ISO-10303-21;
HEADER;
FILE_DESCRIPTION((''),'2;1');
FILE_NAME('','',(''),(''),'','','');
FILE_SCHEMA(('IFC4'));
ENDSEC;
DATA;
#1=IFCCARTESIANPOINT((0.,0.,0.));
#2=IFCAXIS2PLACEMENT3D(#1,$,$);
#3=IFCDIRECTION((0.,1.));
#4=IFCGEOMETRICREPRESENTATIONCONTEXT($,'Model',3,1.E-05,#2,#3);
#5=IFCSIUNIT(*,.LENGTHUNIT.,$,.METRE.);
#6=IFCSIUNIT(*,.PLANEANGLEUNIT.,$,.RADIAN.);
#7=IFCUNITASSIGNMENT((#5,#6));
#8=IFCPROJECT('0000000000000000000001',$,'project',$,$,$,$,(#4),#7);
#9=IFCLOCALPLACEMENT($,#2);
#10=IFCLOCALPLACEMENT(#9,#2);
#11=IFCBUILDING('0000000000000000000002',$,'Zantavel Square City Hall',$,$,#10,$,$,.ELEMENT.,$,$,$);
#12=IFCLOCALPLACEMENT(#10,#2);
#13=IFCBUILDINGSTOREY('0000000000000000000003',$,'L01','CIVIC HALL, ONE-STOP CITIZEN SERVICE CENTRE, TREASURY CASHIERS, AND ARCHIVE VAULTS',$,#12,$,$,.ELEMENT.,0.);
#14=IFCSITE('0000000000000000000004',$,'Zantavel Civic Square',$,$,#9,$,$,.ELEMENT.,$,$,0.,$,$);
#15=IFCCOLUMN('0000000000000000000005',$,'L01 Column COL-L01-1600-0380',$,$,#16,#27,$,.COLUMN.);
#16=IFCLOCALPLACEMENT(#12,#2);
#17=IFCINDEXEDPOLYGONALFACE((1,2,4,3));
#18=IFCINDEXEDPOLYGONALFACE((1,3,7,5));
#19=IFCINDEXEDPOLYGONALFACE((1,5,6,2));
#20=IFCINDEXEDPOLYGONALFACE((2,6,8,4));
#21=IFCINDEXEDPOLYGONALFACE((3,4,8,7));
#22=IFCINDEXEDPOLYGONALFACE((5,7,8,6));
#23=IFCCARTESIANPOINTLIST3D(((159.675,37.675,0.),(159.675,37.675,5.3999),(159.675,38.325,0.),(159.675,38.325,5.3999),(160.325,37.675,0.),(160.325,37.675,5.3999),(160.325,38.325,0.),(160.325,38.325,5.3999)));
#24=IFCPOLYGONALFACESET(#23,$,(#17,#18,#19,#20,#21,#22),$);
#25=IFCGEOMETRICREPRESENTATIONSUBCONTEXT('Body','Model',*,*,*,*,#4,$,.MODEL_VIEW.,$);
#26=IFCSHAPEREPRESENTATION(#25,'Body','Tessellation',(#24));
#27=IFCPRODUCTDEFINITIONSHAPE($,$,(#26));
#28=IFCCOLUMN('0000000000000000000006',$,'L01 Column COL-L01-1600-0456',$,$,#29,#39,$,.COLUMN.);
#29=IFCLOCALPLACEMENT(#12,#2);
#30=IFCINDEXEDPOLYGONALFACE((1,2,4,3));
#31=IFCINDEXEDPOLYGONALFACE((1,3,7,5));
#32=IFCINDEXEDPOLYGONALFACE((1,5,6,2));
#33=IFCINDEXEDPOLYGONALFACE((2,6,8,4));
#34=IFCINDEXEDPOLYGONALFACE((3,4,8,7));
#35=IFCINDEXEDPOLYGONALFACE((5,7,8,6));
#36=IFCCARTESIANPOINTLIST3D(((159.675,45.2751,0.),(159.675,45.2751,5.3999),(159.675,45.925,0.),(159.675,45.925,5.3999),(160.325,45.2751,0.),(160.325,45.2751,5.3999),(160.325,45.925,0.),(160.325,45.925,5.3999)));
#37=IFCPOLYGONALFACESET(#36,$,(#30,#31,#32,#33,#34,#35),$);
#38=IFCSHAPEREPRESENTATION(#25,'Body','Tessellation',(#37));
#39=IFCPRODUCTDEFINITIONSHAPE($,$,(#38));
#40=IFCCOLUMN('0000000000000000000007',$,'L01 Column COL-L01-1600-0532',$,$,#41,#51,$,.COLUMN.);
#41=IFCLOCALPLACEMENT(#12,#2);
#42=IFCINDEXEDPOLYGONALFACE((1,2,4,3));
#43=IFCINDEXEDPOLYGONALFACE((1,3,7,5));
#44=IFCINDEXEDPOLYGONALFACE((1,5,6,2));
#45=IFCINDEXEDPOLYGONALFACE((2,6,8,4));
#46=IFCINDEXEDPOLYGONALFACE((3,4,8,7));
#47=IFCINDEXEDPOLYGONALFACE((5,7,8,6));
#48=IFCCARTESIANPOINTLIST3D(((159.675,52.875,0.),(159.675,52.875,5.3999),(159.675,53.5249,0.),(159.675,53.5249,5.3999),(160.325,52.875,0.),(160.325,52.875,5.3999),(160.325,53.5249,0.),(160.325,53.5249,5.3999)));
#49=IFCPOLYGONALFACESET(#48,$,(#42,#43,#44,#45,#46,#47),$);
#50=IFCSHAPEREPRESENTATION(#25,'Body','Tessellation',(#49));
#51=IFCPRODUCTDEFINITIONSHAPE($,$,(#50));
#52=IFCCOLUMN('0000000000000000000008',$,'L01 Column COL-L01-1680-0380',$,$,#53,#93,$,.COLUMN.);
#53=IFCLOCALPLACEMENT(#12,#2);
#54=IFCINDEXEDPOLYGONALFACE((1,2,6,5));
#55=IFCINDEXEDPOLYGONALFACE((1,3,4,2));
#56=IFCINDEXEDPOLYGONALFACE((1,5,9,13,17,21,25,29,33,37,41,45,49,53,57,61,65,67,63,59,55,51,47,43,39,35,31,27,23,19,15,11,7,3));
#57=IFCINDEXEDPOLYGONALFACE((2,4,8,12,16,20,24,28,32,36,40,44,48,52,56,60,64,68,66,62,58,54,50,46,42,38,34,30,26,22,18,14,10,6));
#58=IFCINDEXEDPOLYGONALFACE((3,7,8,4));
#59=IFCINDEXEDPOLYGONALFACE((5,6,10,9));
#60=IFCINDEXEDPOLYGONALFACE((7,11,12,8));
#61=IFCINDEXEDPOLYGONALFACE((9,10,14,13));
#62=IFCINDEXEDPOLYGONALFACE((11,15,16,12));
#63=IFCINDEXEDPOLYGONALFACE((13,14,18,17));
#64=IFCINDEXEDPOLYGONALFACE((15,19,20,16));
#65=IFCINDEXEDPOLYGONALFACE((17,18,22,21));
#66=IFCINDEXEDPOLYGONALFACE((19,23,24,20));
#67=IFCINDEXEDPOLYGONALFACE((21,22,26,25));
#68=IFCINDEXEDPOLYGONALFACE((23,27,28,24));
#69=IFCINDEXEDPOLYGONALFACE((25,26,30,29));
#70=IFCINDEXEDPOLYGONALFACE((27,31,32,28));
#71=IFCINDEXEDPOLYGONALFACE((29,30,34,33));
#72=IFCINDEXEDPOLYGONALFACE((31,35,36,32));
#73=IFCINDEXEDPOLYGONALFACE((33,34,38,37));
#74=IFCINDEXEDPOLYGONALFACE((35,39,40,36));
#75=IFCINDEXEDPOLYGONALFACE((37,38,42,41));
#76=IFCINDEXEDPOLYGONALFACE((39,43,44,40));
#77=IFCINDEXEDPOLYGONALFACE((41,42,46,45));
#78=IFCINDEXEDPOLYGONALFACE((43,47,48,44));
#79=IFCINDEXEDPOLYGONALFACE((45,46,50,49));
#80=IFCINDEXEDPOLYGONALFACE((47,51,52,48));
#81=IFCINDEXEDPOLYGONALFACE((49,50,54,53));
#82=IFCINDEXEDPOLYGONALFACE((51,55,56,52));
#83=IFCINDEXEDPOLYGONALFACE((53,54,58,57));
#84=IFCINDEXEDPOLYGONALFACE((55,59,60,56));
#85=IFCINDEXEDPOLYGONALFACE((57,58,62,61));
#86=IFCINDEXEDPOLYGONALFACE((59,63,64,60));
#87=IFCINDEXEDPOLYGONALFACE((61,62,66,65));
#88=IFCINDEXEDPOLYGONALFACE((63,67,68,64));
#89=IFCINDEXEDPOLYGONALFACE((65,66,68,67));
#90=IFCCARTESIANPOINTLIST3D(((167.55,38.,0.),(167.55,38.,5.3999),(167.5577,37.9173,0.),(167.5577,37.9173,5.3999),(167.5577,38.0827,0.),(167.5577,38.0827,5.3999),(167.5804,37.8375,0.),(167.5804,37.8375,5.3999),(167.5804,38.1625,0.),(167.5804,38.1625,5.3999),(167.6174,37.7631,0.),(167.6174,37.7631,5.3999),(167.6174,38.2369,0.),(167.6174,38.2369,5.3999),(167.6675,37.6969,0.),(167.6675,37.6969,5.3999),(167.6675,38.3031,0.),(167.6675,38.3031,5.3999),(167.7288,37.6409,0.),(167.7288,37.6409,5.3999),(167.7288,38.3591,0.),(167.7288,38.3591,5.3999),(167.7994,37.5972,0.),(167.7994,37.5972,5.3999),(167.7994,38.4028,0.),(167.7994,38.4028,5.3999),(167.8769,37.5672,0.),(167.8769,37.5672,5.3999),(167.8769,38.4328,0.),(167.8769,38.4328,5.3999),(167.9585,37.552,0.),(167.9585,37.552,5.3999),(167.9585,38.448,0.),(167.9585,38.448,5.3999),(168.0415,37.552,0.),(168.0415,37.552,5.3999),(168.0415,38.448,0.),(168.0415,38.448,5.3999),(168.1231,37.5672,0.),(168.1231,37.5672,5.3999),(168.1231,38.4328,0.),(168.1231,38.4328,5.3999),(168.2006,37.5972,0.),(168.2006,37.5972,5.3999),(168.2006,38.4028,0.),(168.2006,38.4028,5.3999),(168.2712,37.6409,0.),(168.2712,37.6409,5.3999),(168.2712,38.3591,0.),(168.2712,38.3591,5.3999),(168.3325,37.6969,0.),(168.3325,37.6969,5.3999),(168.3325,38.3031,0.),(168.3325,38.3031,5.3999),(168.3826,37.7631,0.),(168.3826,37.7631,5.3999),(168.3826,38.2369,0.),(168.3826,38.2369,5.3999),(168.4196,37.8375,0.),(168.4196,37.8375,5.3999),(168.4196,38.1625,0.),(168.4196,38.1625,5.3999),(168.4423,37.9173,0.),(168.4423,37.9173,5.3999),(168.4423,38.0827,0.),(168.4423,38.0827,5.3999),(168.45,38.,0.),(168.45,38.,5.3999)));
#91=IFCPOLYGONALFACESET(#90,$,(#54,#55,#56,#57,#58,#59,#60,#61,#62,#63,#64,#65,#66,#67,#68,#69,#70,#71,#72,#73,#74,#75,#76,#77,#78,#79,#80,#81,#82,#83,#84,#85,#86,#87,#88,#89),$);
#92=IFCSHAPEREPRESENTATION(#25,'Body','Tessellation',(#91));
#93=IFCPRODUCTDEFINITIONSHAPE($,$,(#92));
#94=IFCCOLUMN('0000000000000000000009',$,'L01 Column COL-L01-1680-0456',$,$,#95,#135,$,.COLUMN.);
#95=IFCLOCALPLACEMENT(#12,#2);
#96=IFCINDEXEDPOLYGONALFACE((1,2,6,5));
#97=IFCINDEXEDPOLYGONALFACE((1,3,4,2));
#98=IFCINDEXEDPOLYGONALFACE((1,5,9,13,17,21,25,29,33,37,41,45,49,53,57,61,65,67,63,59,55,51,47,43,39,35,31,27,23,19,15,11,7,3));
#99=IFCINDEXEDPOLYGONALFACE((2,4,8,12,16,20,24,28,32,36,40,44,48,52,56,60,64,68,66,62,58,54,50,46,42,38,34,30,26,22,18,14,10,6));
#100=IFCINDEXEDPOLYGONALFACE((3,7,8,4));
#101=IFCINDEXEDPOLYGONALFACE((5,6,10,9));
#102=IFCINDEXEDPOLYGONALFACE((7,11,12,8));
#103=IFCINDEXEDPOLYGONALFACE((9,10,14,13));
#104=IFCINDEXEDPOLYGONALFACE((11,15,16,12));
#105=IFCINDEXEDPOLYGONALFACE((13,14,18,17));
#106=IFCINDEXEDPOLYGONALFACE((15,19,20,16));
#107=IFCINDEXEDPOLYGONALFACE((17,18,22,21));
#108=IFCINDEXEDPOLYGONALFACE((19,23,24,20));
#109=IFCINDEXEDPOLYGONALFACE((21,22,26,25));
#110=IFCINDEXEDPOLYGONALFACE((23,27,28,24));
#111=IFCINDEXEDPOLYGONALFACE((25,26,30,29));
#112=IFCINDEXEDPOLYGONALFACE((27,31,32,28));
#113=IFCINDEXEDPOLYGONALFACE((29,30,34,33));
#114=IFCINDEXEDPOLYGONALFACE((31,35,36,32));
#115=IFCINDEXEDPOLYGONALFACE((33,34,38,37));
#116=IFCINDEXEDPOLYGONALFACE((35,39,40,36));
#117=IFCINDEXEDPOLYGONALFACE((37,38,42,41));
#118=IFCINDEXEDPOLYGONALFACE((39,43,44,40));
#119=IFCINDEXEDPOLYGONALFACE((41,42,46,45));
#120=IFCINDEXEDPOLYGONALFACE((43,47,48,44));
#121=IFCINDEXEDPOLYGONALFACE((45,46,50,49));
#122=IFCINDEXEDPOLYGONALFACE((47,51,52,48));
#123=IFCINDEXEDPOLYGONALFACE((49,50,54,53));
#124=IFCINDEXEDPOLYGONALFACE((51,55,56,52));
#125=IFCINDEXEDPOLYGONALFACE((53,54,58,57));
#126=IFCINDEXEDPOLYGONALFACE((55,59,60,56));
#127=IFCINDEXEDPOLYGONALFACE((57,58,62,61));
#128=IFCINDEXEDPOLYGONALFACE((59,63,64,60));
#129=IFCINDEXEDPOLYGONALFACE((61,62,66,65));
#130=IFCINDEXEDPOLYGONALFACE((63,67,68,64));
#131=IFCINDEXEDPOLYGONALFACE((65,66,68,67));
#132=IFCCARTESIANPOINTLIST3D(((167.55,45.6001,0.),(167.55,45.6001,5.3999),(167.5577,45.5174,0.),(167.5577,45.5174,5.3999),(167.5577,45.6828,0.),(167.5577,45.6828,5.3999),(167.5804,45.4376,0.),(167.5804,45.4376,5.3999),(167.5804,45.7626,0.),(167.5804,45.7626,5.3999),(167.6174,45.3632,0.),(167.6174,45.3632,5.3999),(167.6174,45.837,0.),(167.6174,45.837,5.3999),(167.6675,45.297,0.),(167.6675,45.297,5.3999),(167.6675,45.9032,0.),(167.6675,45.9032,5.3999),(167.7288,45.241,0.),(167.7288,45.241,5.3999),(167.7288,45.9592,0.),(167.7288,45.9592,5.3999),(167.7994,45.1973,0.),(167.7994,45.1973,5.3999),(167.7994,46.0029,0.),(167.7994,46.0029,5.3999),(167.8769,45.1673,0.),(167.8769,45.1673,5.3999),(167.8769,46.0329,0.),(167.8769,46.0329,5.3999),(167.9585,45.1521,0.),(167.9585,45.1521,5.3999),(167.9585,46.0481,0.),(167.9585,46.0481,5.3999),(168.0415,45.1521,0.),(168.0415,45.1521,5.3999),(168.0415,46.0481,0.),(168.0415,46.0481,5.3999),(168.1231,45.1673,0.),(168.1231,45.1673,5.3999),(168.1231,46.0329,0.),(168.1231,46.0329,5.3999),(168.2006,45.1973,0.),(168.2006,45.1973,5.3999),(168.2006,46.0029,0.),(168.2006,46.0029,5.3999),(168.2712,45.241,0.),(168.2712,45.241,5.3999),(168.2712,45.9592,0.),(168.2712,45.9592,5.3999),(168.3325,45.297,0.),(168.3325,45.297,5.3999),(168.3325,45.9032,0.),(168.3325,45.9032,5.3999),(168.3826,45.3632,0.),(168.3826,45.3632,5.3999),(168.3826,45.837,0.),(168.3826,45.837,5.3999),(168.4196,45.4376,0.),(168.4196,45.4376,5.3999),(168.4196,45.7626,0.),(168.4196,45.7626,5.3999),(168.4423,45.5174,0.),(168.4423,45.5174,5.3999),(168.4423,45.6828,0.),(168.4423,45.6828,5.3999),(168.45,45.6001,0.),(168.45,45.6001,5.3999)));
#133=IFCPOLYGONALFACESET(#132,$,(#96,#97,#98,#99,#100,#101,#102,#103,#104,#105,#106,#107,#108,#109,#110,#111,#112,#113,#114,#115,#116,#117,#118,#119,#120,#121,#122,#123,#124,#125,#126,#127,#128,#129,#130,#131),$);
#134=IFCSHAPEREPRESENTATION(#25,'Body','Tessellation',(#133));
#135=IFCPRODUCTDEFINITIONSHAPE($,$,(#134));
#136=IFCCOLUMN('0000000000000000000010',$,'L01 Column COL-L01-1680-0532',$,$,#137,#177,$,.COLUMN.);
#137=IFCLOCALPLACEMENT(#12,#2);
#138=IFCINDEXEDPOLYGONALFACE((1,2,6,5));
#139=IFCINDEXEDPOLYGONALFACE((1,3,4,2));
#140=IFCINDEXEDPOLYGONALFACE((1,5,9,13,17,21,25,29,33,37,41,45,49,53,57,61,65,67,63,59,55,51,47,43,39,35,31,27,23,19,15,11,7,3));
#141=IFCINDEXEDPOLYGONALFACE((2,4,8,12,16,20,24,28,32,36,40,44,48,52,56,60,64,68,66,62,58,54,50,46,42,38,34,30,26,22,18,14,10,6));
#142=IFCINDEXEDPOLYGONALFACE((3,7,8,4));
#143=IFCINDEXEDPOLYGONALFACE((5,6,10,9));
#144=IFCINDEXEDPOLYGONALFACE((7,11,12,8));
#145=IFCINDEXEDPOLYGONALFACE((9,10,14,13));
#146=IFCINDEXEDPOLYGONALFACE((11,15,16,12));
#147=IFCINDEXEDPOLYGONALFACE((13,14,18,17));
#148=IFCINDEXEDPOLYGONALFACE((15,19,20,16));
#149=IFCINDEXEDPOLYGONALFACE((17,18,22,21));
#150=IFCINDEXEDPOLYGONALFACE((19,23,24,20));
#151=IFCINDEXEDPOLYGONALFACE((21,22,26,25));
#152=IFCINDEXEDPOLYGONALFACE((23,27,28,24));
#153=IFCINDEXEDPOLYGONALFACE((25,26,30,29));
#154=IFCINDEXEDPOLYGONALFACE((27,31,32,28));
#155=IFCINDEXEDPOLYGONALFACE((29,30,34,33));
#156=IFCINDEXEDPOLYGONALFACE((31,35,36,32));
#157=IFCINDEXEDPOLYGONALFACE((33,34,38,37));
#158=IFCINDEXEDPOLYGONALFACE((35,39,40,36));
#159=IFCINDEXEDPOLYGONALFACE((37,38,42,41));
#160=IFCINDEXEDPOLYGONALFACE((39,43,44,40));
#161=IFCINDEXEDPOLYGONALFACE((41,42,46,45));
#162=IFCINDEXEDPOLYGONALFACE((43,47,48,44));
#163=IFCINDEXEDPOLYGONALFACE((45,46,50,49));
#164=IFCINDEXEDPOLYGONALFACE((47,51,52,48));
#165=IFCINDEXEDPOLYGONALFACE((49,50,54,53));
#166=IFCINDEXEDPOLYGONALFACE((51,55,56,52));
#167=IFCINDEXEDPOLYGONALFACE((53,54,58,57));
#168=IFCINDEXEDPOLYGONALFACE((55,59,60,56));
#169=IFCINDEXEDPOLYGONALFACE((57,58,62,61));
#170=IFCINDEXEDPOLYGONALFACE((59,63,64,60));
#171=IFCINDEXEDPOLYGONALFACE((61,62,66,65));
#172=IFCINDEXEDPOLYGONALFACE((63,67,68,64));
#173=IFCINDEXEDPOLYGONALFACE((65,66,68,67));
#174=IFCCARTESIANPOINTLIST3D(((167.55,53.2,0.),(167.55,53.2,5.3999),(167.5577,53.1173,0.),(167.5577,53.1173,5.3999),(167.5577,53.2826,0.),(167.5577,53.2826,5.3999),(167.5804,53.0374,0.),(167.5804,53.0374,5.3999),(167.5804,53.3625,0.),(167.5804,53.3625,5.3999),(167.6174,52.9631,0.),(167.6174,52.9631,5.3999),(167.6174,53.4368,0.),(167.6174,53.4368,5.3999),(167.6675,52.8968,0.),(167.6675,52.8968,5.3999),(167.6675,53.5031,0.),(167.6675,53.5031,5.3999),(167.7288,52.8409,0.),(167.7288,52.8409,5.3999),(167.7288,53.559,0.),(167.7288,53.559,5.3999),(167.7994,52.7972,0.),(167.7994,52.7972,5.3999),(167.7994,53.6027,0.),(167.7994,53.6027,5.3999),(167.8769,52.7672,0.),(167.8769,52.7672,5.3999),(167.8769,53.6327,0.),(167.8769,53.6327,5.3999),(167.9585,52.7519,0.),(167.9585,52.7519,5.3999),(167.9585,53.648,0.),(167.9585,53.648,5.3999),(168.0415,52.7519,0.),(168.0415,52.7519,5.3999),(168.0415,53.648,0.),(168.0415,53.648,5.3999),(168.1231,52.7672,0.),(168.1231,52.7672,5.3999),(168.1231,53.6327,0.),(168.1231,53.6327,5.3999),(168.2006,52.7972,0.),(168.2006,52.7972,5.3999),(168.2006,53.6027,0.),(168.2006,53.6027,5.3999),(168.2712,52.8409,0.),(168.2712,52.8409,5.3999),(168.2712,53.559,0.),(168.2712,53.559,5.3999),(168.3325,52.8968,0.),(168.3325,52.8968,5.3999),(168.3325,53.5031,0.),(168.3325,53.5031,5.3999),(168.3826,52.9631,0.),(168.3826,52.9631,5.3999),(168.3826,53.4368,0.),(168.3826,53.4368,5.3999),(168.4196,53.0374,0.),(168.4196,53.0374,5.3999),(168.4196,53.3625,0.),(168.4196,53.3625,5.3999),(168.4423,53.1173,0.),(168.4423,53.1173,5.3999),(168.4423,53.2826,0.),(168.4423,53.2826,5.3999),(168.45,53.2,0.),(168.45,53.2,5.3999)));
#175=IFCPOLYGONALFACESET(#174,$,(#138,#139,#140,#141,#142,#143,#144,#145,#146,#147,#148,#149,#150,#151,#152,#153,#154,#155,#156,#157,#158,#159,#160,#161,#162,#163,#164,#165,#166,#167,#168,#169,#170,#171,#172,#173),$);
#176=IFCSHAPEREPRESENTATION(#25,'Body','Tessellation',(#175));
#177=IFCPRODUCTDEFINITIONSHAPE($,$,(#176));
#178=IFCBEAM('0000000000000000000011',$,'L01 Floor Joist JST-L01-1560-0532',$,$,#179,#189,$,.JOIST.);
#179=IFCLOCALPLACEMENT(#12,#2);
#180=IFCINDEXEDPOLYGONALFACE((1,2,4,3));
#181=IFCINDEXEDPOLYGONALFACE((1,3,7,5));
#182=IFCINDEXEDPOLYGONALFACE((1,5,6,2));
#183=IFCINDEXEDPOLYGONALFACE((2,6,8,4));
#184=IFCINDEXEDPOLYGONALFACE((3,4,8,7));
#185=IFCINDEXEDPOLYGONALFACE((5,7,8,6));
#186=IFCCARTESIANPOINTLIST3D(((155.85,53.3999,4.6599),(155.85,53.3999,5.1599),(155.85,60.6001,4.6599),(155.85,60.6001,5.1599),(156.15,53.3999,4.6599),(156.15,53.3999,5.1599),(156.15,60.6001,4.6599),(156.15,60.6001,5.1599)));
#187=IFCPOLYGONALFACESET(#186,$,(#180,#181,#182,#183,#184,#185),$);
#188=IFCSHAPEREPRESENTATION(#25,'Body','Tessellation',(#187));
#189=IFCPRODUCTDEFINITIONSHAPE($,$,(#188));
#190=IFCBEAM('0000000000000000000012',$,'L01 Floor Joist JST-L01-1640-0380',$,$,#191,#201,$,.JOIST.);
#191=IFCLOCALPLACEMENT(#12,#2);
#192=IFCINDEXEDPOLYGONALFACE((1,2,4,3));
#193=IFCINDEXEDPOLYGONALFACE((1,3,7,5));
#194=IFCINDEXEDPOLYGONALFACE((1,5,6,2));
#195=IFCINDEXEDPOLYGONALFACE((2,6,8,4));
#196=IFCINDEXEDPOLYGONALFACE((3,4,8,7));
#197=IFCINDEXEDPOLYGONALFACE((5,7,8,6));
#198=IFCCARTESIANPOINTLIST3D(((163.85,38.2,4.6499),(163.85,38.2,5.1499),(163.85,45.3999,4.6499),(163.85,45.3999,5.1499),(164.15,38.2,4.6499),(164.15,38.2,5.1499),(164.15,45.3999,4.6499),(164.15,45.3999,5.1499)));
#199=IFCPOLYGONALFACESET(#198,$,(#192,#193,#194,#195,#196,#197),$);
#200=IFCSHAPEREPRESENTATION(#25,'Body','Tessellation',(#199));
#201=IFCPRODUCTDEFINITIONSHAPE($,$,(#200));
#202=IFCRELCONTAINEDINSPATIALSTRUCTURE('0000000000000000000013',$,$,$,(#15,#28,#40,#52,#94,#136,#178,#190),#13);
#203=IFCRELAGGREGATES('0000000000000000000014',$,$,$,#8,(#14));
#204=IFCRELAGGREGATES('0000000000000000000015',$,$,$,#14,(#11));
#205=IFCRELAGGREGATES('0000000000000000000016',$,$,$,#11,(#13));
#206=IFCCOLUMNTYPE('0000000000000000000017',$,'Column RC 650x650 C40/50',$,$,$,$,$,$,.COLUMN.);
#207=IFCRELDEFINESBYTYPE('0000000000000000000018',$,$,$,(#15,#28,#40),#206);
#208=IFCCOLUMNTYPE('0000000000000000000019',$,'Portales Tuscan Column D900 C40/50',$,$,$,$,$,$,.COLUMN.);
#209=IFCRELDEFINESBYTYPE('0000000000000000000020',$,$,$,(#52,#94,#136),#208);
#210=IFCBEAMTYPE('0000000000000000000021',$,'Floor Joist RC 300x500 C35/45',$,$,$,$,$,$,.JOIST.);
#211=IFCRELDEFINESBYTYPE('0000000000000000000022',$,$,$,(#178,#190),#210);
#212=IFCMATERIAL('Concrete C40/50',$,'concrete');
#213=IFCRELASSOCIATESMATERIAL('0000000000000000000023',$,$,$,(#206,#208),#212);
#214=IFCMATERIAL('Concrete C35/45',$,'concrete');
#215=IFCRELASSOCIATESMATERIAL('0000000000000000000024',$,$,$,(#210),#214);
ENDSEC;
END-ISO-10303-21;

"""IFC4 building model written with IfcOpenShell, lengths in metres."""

from ifc_helpers import new_model, si_unit, direction, frame, origin, origin_2d, place, context, subcontext, project, spatial, rectangle, circle, extrude, material, material_profile, profile_set, type_object, element, save


model = new_model("IFC4")

# Units and contexts
model_context = context("Model", 3, precision=1e-05, world=origin(), true_north=direction((0.0, 1.0)))
body_context = subcontext(model_context, "Body", "Model", "MODEL_VIEW")
ifc_project = project(units=[si_unit("LENGTHUNIT", "METRE"), si_unit("PLANEANGLEUNIT", "RADIAN")], contexts=[model_context])

# Site, building, storey
site_placement = place(None, origin())
site = spatial("IfcSite", under=ifc_project, at=site_placement, Name="Zantavel Civic Square", CompositionType="ELEMENT", RefElevation=0.0)
building_placement = place(site_placement, origin())
building = spatial("IfcBuilding", under=site, at=building_placement, Name="Zantavel Square City Hall", CompositionType="ELEMENT")
storey_placement = place(building_placement, origin())
storey = spatial("IfcBuildingStorey", under=building, at=storey_placement, Name="L01", Description="CIVIC HALL, ONE-STOP CITIZEN SERVICE CENTRE, TREASURY CASHIERS, AND ARCHIVE VAULTS", CompositionType="ELEMENT", Elevation=0.0)

# Columns
ifc_material_1 = material(Name="Concrete C40/50", Category="concrete")
ifc_material_profile_1 = material_profile(ifc_material_1, rectangle(XDim=0.6499, YDim=0.6499, at=origin_2d()), Name="RC 650x650")
ifc_profile_set_1 = profile_set([ifc_material_profile_1], Name="Concrete C40/50")
column_type_1 = type_object("IfcColumnType", Name="Column RC 650x650 C40/50", PredefinedType="COLUMN", material=ifc_profile_set_1)
for number, where, z_axis, x_axis, name in (
    (1, (160.0, 38.0, 0.0), (0.0, 0.0, 1.0), (1.0, 0.0, 0.0), "L01 Column COL-L01-1600-0380"),
    (2, (160.0, 45.6001, 0.0), (0.0, 0.0, 1.0), (1.0, 0.0, 0.0), "L01 Column COL-L01-1600-0456"),
    (3, (160.0, 53.2, 0.0), (0.0, 0.0, 1.0), (1.0, 0.0, 0.0), "L01 Column COL-L01-1600-0532"),
):
    element("IfcColumn", number, at=place(storey_placement, frame(where, z_axis=z_axis, x_axis=x_axis)), inside=storey, type_object=column_type_1, Name=name, PredefinedType="COLUMN", context=body_context, shape_type="SweptSolid", body=[
        extrude(rectangle(XDim=0.6499, YDim=0.6499, at=origin_2d()), origin(), (0.0, 0.0, 1.0), 5.3999),
    ])
ifc_material_profile_2 = material_profile(ifc_material_1, circle(Radius=0.45, at=origin_2d()), Name="ROUND D900")
ifc_profile_set_2 = profile_set([ifc_material_profile_2], Name="Concrete C40/50")
column_type_2 = type_object("IfcColumnType", Name="Portales Tuscan Column D900 C40/50", PredefinedType="COLUMN", material=ifc_profile_set_2)
for number, where, z_axis, x_axis, name in (
    (4, (168.0, 38.0, 0.0), (0.0, 0.0, 1.0), (1.0, 0.0, 0.0), "L01 Column COL-L01-1680-0380"),
    (5, (168.0, 45.6001, 0.0), (0.0, 0.0, 1.0), (1.0, 0.0, 0.0), "L01 Column COL-L01-1680-0456"),
    (6, (168.0, 53.2, 0.0), (0.0, 0.0, 1.0), (1.0, 0.0, 0.0), "L01 Column COL-L01-1680-0532"),
):
    element("IfcColumn", number, at=place(storey_placement, frame(where, z_axis=z_axis, x_axis=x_axis)), inside=storey, type_object=column_type_2, Name=name, PredefinedType="COLUMN", context=body_context, shape_type="SweptSolid", body=[
        extrude(circle(Radius=0.45, at=origin_2d()), origin(), (0.0, 0.0, 1.0), 5.3999),
    ])

# Beams
ifc_material_2 = material(Name="Concrete C35/45", Category="concrete")
ifc_material_profile_3 = material_profile(ifc_material_2, rectangle(XDim=0.3, YDim=0.5, at=origin_2d()), Name="RC 300x500")
ifc_profile_set_3 = profile_set([ifc_material_profile_3], Name="Concrete C35/45")
beam_type_1 = type_object("IfcBeamType", Name="Floor Joist RC 300x500 C35/45", PredefinedType="JOIST", material=ifc_profile_set_3)
beam_1_placement = place(storey_placement, frame((156.0, 53.3999, 4.9099), z_axis=(0.0, 1.0, 0.0), x_axis=(-1.0, 0.0, 0.0)))
element("IfcBeam", 7, at=beam_1_placement, inside=storey, type_object=beam_type_1, Name="L01 Floor Joist JST-L01-1560-0532", PredefinedType="JOIST", context=body_context, shape_type="SweptSolid", body=[
    extrude(rectangle(XDim=0.3, YDim=0.5, at=origin_2d()), origin(), (0.0, 0.0, 1.0), 7.2002),
])
for number, where, z_axis, x_axis, name in (
    (8, (164.0, 38.2, 4.8999), (0.0, 1.0, 0.0), (-1.0, 0.0, 0.0), "L01 Floor Joist JST-L01-1640-0380"),
):
    element("IfcBeam", number, at=place(storey_placement, frame(where, z_axis=z_axis, x_axis=x_axis)), inside=storey, type_object=beam_type_1, Name=name, PredefinedType="JOIST", context=body_context, shape_type="SweptSolid", body=[
        extrude(rectangle(XDim=0.3, YDim=0.5, at=origin_2d()), origin(), (0.0, 0.0, 1.0), 7.2),
    ])

save(model, "model.ifc")
